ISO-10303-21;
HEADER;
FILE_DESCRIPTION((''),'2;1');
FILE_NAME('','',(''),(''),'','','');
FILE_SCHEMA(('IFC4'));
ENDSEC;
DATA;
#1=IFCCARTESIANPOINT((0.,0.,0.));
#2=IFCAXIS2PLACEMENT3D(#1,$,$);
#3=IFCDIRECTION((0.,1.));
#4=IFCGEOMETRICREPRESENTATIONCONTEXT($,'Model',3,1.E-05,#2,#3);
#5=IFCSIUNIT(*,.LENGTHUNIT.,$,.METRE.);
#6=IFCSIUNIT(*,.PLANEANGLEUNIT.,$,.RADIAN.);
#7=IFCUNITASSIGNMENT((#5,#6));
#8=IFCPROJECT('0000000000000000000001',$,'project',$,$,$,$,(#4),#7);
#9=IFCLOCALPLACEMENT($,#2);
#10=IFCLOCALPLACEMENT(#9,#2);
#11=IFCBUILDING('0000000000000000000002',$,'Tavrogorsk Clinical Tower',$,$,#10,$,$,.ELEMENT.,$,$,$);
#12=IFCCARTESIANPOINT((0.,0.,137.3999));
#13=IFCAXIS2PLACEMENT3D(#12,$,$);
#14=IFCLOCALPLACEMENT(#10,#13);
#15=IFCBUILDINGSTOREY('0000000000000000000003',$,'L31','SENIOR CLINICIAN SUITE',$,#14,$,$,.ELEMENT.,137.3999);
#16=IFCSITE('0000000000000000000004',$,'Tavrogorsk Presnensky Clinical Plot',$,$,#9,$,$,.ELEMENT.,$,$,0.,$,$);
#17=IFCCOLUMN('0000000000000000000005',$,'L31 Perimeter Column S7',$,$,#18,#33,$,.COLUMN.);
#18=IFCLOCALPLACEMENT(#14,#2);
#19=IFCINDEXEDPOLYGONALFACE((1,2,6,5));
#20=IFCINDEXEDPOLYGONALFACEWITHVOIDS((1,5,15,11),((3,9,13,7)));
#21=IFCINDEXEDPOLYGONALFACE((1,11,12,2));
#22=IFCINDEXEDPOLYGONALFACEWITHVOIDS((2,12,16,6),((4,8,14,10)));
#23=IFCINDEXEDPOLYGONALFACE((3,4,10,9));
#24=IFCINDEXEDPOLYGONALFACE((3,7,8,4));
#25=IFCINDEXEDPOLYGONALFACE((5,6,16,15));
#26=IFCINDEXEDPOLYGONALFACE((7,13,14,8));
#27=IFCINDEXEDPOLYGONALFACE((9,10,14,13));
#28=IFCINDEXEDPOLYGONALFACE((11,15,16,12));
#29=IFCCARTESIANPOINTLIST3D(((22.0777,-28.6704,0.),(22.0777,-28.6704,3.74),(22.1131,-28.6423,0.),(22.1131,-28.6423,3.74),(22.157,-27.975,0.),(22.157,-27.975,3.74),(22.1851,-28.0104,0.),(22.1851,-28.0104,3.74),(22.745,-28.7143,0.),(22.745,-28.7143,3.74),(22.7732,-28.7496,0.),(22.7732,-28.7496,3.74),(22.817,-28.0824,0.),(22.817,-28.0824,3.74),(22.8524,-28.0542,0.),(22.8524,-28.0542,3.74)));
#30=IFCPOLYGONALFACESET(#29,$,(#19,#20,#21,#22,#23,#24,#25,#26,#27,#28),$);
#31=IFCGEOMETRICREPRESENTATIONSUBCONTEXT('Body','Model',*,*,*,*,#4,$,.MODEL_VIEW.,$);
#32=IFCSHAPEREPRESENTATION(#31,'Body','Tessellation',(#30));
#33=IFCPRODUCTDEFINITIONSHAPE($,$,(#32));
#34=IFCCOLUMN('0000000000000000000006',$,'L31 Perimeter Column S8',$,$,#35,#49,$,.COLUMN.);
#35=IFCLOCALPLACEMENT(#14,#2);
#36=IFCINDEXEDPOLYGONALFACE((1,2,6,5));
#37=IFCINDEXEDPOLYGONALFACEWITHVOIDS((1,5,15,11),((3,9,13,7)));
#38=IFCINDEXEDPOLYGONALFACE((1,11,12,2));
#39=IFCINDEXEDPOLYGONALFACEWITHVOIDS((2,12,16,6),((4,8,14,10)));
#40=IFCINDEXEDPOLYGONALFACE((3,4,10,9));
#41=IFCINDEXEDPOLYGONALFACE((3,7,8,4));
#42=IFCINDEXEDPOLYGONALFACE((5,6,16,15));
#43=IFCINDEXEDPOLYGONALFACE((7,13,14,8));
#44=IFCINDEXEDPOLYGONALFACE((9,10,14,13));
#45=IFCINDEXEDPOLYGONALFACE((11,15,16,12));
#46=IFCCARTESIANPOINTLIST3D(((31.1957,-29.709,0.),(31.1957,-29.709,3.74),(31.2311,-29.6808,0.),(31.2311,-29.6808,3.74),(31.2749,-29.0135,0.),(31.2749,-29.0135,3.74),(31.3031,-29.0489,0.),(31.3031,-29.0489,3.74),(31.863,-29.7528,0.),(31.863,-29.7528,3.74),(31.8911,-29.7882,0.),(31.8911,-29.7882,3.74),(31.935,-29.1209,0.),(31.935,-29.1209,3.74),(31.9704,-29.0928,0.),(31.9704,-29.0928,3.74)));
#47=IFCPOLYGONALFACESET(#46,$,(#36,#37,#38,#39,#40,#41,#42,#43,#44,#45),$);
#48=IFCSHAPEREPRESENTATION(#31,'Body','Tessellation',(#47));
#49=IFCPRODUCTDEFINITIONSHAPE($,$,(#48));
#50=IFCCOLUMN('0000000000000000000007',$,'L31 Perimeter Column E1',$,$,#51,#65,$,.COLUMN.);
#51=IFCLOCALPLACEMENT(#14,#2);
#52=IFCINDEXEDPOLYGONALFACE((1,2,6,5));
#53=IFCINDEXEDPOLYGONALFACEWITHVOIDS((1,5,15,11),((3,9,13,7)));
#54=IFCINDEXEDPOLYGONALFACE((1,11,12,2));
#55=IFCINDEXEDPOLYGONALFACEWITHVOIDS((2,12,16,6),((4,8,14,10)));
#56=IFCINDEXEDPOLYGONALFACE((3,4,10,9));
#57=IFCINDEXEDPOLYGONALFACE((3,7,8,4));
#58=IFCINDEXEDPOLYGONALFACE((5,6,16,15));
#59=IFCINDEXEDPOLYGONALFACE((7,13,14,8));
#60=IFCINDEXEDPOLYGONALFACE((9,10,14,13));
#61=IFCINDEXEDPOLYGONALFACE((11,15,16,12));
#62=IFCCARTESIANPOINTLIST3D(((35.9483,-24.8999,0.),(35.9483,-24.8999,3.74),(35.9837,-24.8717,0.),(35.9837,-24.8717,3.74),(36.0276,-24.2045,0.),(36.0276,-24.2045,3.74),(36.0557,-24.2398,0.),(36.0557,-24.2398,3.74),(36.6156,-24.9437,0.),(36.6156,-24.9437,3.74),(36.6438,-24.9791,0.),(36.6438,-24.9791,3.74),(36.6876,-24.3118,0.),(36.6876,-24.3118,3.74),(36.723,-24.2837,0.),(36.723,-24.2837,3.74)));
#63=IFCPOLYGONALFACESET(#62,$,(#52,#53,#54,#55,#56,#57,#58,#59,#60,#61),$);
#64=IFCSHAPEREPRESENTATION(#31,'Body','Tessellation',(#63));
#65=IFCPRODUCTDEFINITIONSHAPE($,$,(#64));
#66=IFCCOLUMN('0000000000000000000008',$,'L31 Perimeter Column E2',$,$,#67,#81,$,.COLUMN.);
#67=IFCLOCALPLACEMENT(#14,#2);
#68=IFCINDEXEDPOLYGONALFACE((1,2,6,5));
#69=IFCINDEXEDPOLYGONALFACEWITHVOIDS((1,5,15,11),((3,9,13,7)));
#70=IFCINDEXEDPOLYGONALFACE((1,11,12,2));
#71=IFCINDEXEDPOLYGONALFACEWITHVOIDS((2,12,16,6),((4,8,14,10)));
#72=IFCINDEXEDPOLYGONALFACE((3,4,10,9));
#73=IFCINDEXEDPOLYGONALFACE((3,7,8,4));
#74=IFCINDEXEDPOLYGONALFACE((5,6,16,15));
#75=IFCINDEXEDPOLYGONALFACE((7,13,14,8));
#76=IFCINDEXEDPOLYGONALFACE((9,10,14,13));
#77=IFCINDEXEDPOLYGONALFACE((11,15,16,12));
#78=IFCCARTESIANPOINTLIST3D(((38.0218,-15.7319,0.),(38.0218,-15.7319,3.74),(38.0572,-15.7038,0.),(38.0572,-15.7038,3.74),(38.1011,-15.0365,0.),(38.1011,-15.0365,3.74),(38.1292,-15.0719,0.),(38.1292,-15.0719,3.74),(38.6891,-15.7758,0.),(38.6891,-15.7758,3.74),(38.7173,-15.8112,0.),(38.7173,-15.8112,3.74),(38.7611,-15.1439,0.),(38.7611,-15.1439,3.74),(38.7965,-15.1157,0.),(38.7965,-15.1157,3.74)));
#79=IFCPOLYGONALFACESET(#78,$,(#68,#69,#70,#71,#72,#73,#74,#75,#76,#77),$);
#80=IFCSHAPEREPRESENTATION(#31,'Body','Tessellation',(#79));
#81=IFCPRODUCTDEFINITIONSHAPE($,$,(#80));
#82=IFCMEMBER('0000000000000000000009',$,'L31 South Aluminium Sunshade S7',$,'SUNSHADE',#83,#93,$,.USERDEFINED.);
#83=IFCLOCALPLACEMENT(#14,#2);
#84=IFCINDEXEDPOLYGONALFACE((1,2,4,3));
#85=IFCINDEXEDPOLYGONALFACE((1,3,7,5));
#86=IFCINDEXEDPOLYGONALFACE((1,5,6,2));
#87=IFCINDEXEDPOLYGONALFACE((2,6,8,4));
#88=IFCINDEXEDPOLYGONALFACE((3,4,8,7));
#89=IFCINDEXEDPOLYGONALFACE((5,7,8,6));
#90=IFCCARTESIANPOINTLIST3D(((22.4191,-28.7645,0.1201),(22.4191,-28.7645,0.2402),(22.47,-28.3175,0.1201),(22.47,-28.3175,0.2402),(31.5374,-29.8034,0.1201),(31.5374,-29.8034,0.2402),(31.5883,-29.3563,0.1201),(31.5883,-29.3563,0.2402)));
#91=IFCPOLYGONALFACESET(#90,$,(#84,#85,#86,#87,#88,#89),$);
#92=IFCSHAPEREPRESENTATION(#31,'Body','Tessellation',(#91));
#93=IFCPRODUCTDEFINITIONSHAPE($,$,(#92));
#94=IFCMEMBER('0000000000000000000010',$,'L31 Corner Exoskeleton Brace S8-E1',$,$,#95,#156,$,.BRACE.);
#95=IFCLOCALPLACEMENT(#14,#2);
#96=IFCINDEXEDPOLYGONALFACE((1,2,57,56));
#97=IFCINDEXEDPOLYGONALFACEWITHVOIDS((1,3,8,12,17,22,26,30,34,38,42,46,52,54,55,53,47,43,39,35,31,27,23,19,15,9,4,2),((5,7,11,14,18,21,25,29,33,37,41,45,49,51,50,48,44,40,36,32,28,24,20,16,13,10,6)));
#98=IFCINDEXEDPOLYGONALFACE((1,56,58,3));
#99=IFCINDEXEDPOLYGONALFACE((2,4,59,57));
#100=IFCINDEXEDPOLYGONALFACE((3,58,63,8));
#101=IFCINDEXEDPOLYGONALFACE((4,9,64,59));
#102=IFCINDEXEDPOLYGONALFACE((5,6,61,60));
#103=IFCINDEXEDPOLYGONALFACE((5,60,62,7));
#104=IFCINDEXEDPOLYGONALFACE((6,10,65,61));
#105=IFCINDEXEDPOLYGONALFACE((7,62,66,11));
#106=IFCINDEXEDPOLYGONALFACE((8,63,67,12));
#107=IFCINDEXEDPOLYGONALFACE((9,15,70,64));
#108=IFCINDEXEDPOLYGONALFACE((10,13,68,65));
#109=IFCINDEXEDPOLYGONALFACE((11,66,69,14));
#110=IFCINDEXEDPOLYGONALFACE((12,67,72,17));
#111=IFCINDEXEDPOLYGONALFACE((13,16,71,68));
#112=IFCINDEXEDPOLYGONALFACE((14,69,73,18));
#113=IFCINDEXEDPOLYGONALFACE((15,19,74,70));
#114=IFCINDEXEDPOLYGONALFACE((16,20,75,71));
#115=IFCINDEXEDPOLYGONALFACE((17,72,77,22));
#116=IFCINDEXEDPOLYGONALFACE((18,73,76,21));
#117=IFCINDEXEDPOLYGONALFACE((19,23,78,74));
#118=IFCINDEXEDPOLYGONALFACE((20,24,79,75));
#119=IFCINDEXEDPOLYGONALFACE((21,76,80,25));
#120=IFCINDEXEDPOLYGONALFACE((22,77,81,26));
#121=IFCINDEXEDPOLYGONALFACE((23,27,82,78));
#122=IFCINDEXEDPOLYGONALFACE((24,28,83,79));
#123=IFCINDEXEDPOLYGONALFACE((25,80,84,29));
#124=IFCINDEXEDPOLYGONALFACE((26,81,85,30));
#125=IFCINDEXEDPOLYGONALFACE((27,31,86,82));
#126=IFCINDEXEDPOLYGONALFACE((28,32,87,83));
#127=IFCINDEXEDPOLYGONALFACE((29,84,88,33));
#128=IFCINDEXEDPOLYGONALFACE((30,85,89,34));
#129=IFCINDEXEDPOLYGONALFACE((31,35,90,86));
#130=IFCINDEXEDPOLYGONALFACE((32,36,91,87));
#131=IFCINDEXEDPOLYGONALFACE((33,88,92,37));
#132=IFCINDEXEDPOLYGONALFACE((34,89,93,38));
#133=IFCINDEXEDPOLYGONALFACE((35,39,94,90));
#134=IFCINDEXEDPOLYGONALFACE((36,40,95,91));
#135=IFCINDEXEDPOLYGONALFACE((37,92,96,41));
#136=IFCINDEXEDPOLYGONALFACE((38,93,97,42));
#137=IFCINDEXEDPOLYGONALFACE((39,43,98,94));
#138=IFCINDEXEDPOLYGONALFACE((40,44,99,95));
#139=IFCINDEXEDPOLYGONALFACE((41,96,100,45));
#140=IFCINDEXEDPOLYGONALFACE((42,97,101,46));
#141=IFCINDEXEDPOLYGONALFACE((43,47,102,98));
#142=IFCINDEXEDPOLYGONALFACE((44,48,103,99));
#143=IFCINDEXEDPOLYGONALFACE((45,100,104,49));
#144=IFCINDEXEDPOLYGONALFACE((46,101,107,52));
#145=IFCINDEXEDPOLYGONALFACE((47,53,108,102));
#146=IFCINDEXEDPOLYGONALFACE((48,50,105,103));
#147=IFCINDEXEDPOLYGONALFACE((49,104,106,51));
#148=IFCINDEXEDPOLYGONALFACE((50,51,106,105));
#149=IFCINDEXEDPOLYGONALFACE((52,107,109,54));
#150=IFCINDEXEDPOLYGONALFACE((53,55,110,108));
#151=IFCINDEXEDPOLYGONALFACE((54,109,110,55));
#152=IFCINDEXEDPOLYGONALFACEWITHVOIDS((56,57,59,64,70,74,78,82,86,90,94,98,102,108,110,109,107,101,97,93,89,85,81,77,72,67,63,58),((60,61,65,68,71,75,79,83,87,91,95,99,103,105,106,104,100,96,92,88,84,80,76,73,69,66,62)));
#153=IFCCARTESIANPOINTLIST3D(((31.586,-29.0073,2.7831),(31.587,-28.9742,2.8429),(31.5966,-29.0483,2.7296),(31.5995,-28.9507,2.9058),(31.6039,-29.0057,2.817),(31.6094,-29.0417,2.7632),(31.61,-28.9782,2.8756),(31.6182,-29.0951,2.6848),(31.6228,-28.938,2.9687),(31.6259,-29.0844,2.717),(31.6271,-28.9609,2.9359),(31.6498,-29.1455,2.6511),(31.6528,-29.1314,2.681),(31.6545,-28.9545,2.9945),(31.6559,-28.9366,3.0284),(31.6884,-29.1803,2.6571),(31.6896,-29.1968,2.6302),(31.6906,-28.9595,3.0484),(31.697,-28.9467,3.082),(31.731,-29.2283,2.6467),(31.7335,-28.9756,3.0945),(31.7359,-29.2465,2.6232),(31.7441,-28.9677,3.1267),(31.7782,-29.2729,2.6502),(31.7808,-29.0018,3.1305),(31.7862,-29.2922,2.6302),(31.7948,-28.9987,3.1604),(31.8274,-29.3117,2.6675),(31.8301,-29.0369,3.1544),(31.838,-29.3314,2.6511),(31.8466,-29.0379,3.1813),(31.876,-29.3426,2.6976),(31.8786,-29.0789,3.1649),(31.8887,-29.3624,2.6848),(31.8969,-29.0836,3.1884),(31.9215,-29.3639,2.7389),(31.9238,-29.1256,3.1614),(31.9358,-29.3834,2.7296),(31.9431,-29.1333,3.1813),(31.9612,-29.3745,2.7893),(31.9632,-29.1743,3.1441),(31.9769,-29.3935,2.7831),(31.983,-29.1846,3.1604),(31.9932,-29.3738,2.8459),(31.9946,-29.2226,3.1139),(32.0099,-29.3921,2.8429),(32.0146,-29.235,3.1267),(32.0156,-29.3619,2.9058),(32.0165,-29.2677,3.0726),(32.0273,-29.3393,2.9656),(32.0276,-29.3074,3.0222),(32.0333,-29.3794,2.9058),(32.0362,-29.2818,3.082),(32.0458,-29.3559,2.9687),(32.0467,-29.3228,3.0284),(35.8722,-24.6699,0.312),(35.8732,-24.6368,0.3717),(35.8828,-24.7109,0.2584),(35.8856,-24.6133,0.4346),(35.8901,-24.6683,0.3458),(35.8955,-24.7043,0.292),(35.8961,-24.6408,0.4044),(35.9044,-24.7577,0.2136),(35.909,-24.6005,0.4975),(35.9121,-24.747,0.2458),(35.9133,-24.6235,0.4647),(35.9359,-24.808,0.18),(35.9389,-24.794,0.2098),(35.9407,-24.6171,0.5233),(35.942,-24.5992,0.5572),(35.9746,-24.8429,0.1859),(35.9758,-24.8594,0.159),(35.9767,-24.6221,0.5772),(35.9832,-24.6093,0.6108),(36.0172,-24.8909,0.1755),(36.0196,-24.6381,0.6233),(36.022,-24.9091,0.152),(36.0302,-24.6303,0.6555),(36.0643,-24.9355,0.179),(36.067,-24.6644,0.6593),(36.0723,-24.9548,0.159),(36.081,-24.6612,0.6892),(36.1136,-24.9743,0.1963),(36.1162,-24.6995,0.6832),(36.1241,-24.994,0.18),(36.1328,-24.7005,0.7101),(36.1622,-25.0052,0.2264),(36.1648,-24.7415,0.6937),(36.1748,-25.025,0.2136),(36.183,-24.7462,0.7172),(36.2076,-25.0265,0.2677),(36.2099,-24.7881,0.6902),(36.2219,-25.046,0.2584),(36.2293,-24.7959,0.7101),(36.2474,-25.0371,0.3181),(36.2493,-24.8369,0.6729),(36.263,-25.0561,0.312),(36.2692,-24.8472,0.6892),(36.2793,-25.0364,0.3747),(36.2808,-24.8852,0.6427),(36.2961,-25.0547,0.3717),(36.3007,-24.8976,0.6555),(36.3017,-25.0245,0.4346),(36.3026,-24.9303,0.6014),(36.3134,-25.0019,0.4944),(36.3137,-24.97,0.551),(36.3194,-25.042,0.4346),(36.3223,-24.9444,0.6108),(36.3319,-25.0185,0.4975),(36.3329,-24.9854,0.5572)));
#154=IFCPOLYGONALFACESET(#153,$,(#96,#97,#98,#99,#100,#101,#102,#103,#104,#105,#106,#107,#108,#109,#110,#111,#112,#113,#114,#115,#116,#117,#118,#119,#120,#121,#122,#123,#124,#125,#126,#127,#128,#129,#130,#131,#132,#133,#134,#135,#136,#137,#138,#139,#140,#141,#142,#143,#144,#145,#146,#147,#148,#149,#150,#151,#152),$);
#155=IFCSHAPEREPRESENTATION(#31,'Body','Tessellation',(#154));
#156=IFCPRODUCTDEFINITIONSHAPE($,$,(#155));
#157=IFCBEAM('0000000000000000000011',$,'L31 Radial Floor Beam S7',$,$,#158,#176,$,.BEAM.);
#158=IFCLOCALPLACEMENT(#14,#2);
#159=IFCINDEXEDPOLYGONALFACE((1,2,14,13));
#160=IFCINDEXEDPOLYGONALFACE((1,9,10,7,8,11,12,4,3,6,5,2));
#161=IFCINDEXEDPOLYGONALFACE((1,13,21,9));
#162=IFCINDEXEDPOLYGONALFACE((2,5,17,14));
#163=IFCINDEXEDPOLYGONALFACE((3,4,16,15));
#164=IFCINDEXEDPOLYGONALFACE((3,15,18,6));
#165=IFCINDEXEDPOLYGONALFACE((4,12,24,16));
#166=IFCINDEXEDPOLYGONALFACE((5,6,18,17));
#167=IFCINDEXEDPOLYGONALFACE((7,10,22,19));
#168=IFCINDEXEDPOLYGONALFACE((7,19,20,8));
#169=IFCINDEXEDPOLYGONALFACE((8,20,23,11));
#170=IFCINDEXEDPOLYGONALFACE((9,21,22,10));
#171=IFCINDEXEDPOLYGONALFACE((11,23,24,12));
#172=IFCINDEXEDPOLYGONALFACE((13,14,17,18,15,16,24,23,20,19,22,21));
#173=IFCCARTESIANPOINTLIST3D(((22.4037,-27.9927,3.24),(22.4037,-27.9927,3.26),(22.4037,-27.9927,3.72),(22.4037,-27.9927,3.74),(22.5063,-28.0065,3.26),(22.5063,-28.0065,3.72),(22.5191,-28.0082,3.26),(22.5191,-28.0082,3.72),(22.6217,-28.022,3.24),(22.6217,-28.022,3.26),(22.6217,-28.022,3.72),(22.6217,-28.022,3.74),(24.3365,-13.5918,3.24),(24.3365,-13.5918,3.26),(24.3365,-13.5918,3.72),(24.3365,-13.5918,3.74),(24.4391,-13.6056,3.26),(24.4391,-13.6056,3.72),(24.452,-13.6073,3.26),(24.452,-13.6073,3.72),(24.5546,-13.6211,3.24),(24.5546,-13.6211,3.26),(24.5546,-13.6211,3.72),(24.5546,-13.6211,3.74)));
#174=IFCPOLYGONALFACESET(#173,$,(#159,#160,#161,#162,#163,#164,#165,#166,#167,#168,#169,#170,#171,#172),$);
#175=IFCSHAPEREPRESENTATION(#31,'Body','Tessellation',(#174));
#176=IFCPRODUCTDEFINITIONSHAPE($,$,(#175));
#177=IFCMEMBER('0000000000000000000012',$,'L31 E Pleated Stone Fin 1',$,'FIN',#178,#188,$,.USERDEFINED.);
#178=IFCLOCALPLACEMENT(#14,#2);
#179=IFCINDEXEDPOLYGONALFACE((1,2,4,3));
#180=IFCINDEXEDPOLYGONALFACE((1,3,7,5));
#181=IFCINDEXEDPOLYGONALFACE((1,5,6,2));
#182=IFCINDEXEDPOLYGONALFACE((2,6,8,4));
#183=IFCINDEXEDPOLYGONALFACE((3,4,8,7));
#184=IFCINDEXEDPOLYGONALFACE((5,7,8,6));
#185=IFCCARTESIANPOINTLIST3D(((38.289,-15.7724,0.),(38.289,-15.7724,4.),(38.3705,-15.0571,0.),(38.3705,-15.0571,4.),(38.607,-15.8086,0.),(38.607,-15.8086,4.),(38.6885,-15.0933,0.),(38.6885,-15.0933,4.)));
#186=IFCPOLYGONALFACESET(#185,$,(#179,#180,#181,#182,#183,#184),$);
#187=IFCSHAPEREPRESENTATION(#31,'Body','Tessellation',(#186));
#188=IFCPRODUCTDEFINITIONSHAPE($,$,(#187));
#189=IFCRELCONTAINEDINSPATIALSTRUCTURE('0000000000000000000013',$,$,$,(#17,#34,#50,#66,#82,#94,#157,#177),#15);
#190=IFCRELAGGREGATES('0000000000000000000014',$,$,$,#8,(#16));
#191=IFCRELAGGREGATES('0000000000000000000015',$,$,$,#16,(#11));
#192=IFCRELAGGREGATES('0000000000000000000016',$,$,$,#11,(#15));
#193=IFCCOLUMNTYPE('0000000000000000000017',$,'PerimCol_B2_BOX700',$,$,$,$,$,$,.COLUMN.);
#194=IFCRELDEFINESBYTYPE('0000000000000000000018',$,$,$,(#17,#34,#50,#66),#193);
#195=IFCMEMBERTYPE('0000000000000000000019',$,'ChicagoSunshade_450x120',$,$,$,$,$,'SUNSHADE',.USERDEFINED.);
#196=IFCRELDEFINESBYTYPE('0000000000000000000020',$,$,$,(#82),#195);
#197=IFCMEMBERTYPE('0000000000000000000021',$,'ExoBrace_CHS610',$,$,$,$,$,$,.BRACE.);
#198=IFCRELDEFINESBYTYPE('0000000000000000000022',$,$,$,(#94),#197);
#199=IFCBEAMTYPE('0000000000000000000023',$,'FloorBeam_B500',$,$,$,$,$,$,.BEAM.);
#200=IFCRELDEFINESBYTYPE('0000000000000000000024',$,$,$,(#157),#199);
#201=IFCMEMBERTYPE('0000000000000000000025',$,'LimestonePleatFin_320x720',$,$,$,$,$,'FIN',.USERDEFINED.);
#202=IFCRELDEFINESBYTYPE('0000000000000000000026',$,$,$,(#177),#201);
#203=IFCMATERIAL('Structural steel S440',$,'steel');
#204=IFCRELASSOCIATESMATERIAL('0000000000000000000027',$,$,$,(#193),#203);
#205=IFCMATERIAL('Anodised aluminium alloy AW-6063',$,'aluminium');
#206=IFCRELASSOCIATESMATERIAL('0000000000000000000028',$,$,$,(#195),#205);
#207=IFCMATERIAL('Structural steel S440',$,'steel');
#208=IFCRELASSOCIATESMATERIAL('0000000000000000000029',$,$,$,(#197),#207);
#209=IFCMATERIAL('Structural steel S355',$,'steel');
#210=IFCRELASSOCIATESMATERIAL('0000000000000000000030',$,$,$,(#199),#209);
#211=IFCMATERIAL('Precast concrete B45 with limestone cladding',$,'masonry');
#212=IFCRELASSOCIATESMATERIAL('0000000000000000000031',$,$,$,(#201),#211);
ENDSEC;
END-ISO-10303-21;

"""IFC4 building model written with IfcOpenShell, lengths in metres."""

from ifc_helpers import new_model, si_unit, direction, frame, origin, origin_2d, place, context, subcontext, project, spatial, rectangle, hollow_rectangle, hollow_circle, i_section, extrude, material, material_profile, profile_set, type_object, element, save


model = new_model("IFC4")

# Units and contexts
model_context = context("Model", 3, precision=1e-05, world=origin(), true_north=direction((0.0, 1.0)))
body_context = subcontext(model_context, "Body", "Model", "MODEL_VIEW")
ifc_project = project(units=[si_unit("LENGTHUNIT", "METRE"), si_unit("PLANEANGLEUNIT", "RADIAN")], contexts=[model_context])

# Site, building, storey
site_placement = place(None, origin())
site = spatial("IfcSite", under=ifc_project, at=site_placement, Name="Tavrogorsk Presnensky Clinical Plot", CompositionType="ELEMENT", RefElevation=0.0)
building_placement = place(site_placement, origin())
building = spatial("IfcBuilding", under=site, at=building_placement, Name="Tavrogorsk Clinical Tower", CompositionType="ELEMENT")
storey_placement = place(building_placement, frame((0.0, 0.0, 137.3999)))
storey = spatial("IfcBuildingStorey", under=building, at=storey_placement, Name="L31", Description="SENIOR CLINICIAN SUITE", CompositionType="ELEMENT", Elevation=137.3999)

# Columns
ifc_material_1 = material(Name="Structural steel S440", Category="steel")
ifc_material_profile_1 = material_profile(ifc_material_1, hollow_rectangle(XDim=0.7, YDim=0.7, WallThickness=0.032, at=origin_2d()), Name="BOX-700x700x32")
ifc_profile_set_1 = profile_set([ifc_material_profile_1], Name="Structural steel S440")
column_type = type_object("IfcColumnType", Name="PerimCol_B2_BOX700", PredefinedType="COLUMN", material=ifc_profile_set_1)
for number, where, z_axis, x_axis, name in (
    (1, (22.4651, -28.3623, 0.0), (0.0, 0.0, 1.0), (0.993572, -0.113203, 0.0), "L31 Perimeter Column S7"),
    (2, (31.583, -29.4009, 0.0), (0.0, 0.0, 1.0), (0.993572, -0.113203, 0.0), "L31 Perimeter Column S8"),
    (3, (36.3357, -24.5918, 0.0), (0.0, 0.0, 1.0), (0.993572, -0.113203, 0.0), "L31 Perimeter Column E1"),
    (4, (38.4092, -15.4238, 0.0), (0.0, 0.0, 1.0), (0.993572, -0.113203, 0.0), "L31 Perimeter Column E2"),
):
    element("IfcColumn", number, at=place(storey_placement, frame(where, z_axis=z_axis, x_axis=x_axis)), inside=storey, type_object=column_type, Name=name, PredefinedType="COLUMN", context=body_context, shape_type="SweptSolid", body=[
        extrude(hollow_rectangle(XDim=0.7, YDim=0.7, WallThickness=0.032, at=origin_2d()), origin(), (0.0, 0.0, 1.0), 3.74),
    ])

# Members
ifc_material_2 = material(Name="Anodised aluminium alloy AW-6063", Category="aluminium")
ifc_material_profile_2 = material_profile(ifc_material_2, rectangle(XDim=0.45, YDim=0.1201, at=origin_2d()), Name="ALU-SUNSHADE-450x120")
ifc_profile_set_2 = profile_set([ifc_material_profile_2], Name="Anodised aluminium alloy AW-6063")
member_type_1 = type_object("IfcMemberType", Name="ChicagoSunshade_450x120", ElementType="SUNSHADE", PredefinedType="USERDEFINED", material=ifc_profile_set_2)
member_1_placement = place(storey_placement, frame((22.4446, -28.541, 0.1802), z_axis=(0.993573, -0.113196, 0.0), x_axis=(0.113196, 0.993573, 0.0)))
element("IfcMember", 5, at=member_1_placement, inside=storey, type_object=member_type_1, Name="L31 South Aluminium Sunshade S7", ObjectType="SUNSHADE", PredefinedType="USERDEFINED", context=body_context, shape_type="SweptSolid", body=[
    extrude(rectangle(XDim=0.45, YDim=0.1201, at=origin_2d()), origin(), (0.0, 0.0, 1.0), 9.1772),
])
ifc_material_3 = material(Name="Structural steel S440", Category="steel")
ifc_material_profile_3 = material_profile(ifc_material_3, hollow_circle(Radius=0.3049, WallThickness=0.0249, at=origin_2d()), Name="CHS-610x25")
ifc_profile_set_3 = profile_set([ifc_material_profile_3], Name="Structural steel S440")
member_type_2 = type_object("IfcMemberType", Name="ExoBrace_CHS610", PredefinedType="BRACE", material=ifc_profile_set_3)
member_2_placement = place(storey_placement, frame((36.1025, -24.8276, 0.4346), z_axis=(-0.65143, -0.659222, 0.375585), x_axis=(0.711298, -0.70289, 0.0)))
element("IfcMember", 6, at=member_2_placement, inside=storey, type_object=member_type_2, Name="L31 Corner Exoskeleton Brace S8-E1", PredefinedType="BRACE", context=body_context, shape_type="SweptSolid", body=[
    extrude(hollow_circle(Radius=0.3049, WallThickness=0.0249, at=origin_2d()), origin(), (0.0, 0.0, 1.0), 6.5796),
])

# Beam
ifc_material_4 = material(Name="Structural steel S355", Category="steel")
ifc_material_profile_4 = material_profile(ifc_material_4, i_section(OverallWidth=0.22, OverallDepth=0.5, WebThickness=0.0129, FlangeThickness=0.02, at=origin_2d()), Name="B-500x220x13x20")
ifc_profile_set_4 = profile_set([ifc_material_profile_4], Name="Structural steel S355")
beam_type_1 = type_object("IfcBeamType", Name="FloorBeam_B500", PredefinedType="BEAM", material=ifc_profile_set_4)
beam_1_placement = place(storey_placement, frame((24.4456, -13.6064, 3.49), z_axis=(-0.133025, -0.991113, 0.0), x_axis=(0.991113, -0.133025, 0.0)))
element("IfcBeam", 7, at=beam_1_placement, inside=storey, type_object=beam_type_1, Name="L31 Radial Floor Beam S7", PredefinedType="BEAM", context=body_context, shape_type="SweptSolid", body=[
    extrude(i_section(OverallWidth=0.22, OverallDepth=0.5, WebThickness=0.0129, FlangeThickness=0.02, at=origin_2d()), origin(), (0.0, 0.0, 1.0), 14.53),
])

# Member
ifc_material_5 = material(Name="Precast concrete B45 with limestone cladding", Category="masonry")
ifc_material_profile_5 = material_profile(ifc_material_5, rectangle(XDim=0.3201, YDim=0.72, at=origin_2d()), Name="LIMESTONE-FIN-320x720")
ifc_profile_set_5 = profile_set([ifc_material_profile_5], Name="Precast concrete B45 with limestone cladding")
member_type_3 = type_object("IfcMemberType", Name="LimestonePleatFin_320x720", ElementType="FIN", PredefinedType="USERDEFINED", material=ifc_profile_set_5)
member_3_placement = place(storey_placement, frame((38.4888, -15.4329, 0.0), z_axis=(0.0, 0.0, 1.0), x_axis=(0.993572, -0.113203, 0.0)))
element("IfcMember", 8, at=member_3_placement, inside=storey, type_object=member_type_3, Name="L31 E Pleated Stone Fin 1", ObjectType="FIN", PredefinedType="USERDEFINED", context=body_context, shape_type="SweptSolid", body=[
    extrude(rectangle(XDim=0.3201, YDim=0.72, at=origin_2d()), origin(), (0.0, 0.0, 1.0), 4.0),
])

save(model, "model.ifc")
